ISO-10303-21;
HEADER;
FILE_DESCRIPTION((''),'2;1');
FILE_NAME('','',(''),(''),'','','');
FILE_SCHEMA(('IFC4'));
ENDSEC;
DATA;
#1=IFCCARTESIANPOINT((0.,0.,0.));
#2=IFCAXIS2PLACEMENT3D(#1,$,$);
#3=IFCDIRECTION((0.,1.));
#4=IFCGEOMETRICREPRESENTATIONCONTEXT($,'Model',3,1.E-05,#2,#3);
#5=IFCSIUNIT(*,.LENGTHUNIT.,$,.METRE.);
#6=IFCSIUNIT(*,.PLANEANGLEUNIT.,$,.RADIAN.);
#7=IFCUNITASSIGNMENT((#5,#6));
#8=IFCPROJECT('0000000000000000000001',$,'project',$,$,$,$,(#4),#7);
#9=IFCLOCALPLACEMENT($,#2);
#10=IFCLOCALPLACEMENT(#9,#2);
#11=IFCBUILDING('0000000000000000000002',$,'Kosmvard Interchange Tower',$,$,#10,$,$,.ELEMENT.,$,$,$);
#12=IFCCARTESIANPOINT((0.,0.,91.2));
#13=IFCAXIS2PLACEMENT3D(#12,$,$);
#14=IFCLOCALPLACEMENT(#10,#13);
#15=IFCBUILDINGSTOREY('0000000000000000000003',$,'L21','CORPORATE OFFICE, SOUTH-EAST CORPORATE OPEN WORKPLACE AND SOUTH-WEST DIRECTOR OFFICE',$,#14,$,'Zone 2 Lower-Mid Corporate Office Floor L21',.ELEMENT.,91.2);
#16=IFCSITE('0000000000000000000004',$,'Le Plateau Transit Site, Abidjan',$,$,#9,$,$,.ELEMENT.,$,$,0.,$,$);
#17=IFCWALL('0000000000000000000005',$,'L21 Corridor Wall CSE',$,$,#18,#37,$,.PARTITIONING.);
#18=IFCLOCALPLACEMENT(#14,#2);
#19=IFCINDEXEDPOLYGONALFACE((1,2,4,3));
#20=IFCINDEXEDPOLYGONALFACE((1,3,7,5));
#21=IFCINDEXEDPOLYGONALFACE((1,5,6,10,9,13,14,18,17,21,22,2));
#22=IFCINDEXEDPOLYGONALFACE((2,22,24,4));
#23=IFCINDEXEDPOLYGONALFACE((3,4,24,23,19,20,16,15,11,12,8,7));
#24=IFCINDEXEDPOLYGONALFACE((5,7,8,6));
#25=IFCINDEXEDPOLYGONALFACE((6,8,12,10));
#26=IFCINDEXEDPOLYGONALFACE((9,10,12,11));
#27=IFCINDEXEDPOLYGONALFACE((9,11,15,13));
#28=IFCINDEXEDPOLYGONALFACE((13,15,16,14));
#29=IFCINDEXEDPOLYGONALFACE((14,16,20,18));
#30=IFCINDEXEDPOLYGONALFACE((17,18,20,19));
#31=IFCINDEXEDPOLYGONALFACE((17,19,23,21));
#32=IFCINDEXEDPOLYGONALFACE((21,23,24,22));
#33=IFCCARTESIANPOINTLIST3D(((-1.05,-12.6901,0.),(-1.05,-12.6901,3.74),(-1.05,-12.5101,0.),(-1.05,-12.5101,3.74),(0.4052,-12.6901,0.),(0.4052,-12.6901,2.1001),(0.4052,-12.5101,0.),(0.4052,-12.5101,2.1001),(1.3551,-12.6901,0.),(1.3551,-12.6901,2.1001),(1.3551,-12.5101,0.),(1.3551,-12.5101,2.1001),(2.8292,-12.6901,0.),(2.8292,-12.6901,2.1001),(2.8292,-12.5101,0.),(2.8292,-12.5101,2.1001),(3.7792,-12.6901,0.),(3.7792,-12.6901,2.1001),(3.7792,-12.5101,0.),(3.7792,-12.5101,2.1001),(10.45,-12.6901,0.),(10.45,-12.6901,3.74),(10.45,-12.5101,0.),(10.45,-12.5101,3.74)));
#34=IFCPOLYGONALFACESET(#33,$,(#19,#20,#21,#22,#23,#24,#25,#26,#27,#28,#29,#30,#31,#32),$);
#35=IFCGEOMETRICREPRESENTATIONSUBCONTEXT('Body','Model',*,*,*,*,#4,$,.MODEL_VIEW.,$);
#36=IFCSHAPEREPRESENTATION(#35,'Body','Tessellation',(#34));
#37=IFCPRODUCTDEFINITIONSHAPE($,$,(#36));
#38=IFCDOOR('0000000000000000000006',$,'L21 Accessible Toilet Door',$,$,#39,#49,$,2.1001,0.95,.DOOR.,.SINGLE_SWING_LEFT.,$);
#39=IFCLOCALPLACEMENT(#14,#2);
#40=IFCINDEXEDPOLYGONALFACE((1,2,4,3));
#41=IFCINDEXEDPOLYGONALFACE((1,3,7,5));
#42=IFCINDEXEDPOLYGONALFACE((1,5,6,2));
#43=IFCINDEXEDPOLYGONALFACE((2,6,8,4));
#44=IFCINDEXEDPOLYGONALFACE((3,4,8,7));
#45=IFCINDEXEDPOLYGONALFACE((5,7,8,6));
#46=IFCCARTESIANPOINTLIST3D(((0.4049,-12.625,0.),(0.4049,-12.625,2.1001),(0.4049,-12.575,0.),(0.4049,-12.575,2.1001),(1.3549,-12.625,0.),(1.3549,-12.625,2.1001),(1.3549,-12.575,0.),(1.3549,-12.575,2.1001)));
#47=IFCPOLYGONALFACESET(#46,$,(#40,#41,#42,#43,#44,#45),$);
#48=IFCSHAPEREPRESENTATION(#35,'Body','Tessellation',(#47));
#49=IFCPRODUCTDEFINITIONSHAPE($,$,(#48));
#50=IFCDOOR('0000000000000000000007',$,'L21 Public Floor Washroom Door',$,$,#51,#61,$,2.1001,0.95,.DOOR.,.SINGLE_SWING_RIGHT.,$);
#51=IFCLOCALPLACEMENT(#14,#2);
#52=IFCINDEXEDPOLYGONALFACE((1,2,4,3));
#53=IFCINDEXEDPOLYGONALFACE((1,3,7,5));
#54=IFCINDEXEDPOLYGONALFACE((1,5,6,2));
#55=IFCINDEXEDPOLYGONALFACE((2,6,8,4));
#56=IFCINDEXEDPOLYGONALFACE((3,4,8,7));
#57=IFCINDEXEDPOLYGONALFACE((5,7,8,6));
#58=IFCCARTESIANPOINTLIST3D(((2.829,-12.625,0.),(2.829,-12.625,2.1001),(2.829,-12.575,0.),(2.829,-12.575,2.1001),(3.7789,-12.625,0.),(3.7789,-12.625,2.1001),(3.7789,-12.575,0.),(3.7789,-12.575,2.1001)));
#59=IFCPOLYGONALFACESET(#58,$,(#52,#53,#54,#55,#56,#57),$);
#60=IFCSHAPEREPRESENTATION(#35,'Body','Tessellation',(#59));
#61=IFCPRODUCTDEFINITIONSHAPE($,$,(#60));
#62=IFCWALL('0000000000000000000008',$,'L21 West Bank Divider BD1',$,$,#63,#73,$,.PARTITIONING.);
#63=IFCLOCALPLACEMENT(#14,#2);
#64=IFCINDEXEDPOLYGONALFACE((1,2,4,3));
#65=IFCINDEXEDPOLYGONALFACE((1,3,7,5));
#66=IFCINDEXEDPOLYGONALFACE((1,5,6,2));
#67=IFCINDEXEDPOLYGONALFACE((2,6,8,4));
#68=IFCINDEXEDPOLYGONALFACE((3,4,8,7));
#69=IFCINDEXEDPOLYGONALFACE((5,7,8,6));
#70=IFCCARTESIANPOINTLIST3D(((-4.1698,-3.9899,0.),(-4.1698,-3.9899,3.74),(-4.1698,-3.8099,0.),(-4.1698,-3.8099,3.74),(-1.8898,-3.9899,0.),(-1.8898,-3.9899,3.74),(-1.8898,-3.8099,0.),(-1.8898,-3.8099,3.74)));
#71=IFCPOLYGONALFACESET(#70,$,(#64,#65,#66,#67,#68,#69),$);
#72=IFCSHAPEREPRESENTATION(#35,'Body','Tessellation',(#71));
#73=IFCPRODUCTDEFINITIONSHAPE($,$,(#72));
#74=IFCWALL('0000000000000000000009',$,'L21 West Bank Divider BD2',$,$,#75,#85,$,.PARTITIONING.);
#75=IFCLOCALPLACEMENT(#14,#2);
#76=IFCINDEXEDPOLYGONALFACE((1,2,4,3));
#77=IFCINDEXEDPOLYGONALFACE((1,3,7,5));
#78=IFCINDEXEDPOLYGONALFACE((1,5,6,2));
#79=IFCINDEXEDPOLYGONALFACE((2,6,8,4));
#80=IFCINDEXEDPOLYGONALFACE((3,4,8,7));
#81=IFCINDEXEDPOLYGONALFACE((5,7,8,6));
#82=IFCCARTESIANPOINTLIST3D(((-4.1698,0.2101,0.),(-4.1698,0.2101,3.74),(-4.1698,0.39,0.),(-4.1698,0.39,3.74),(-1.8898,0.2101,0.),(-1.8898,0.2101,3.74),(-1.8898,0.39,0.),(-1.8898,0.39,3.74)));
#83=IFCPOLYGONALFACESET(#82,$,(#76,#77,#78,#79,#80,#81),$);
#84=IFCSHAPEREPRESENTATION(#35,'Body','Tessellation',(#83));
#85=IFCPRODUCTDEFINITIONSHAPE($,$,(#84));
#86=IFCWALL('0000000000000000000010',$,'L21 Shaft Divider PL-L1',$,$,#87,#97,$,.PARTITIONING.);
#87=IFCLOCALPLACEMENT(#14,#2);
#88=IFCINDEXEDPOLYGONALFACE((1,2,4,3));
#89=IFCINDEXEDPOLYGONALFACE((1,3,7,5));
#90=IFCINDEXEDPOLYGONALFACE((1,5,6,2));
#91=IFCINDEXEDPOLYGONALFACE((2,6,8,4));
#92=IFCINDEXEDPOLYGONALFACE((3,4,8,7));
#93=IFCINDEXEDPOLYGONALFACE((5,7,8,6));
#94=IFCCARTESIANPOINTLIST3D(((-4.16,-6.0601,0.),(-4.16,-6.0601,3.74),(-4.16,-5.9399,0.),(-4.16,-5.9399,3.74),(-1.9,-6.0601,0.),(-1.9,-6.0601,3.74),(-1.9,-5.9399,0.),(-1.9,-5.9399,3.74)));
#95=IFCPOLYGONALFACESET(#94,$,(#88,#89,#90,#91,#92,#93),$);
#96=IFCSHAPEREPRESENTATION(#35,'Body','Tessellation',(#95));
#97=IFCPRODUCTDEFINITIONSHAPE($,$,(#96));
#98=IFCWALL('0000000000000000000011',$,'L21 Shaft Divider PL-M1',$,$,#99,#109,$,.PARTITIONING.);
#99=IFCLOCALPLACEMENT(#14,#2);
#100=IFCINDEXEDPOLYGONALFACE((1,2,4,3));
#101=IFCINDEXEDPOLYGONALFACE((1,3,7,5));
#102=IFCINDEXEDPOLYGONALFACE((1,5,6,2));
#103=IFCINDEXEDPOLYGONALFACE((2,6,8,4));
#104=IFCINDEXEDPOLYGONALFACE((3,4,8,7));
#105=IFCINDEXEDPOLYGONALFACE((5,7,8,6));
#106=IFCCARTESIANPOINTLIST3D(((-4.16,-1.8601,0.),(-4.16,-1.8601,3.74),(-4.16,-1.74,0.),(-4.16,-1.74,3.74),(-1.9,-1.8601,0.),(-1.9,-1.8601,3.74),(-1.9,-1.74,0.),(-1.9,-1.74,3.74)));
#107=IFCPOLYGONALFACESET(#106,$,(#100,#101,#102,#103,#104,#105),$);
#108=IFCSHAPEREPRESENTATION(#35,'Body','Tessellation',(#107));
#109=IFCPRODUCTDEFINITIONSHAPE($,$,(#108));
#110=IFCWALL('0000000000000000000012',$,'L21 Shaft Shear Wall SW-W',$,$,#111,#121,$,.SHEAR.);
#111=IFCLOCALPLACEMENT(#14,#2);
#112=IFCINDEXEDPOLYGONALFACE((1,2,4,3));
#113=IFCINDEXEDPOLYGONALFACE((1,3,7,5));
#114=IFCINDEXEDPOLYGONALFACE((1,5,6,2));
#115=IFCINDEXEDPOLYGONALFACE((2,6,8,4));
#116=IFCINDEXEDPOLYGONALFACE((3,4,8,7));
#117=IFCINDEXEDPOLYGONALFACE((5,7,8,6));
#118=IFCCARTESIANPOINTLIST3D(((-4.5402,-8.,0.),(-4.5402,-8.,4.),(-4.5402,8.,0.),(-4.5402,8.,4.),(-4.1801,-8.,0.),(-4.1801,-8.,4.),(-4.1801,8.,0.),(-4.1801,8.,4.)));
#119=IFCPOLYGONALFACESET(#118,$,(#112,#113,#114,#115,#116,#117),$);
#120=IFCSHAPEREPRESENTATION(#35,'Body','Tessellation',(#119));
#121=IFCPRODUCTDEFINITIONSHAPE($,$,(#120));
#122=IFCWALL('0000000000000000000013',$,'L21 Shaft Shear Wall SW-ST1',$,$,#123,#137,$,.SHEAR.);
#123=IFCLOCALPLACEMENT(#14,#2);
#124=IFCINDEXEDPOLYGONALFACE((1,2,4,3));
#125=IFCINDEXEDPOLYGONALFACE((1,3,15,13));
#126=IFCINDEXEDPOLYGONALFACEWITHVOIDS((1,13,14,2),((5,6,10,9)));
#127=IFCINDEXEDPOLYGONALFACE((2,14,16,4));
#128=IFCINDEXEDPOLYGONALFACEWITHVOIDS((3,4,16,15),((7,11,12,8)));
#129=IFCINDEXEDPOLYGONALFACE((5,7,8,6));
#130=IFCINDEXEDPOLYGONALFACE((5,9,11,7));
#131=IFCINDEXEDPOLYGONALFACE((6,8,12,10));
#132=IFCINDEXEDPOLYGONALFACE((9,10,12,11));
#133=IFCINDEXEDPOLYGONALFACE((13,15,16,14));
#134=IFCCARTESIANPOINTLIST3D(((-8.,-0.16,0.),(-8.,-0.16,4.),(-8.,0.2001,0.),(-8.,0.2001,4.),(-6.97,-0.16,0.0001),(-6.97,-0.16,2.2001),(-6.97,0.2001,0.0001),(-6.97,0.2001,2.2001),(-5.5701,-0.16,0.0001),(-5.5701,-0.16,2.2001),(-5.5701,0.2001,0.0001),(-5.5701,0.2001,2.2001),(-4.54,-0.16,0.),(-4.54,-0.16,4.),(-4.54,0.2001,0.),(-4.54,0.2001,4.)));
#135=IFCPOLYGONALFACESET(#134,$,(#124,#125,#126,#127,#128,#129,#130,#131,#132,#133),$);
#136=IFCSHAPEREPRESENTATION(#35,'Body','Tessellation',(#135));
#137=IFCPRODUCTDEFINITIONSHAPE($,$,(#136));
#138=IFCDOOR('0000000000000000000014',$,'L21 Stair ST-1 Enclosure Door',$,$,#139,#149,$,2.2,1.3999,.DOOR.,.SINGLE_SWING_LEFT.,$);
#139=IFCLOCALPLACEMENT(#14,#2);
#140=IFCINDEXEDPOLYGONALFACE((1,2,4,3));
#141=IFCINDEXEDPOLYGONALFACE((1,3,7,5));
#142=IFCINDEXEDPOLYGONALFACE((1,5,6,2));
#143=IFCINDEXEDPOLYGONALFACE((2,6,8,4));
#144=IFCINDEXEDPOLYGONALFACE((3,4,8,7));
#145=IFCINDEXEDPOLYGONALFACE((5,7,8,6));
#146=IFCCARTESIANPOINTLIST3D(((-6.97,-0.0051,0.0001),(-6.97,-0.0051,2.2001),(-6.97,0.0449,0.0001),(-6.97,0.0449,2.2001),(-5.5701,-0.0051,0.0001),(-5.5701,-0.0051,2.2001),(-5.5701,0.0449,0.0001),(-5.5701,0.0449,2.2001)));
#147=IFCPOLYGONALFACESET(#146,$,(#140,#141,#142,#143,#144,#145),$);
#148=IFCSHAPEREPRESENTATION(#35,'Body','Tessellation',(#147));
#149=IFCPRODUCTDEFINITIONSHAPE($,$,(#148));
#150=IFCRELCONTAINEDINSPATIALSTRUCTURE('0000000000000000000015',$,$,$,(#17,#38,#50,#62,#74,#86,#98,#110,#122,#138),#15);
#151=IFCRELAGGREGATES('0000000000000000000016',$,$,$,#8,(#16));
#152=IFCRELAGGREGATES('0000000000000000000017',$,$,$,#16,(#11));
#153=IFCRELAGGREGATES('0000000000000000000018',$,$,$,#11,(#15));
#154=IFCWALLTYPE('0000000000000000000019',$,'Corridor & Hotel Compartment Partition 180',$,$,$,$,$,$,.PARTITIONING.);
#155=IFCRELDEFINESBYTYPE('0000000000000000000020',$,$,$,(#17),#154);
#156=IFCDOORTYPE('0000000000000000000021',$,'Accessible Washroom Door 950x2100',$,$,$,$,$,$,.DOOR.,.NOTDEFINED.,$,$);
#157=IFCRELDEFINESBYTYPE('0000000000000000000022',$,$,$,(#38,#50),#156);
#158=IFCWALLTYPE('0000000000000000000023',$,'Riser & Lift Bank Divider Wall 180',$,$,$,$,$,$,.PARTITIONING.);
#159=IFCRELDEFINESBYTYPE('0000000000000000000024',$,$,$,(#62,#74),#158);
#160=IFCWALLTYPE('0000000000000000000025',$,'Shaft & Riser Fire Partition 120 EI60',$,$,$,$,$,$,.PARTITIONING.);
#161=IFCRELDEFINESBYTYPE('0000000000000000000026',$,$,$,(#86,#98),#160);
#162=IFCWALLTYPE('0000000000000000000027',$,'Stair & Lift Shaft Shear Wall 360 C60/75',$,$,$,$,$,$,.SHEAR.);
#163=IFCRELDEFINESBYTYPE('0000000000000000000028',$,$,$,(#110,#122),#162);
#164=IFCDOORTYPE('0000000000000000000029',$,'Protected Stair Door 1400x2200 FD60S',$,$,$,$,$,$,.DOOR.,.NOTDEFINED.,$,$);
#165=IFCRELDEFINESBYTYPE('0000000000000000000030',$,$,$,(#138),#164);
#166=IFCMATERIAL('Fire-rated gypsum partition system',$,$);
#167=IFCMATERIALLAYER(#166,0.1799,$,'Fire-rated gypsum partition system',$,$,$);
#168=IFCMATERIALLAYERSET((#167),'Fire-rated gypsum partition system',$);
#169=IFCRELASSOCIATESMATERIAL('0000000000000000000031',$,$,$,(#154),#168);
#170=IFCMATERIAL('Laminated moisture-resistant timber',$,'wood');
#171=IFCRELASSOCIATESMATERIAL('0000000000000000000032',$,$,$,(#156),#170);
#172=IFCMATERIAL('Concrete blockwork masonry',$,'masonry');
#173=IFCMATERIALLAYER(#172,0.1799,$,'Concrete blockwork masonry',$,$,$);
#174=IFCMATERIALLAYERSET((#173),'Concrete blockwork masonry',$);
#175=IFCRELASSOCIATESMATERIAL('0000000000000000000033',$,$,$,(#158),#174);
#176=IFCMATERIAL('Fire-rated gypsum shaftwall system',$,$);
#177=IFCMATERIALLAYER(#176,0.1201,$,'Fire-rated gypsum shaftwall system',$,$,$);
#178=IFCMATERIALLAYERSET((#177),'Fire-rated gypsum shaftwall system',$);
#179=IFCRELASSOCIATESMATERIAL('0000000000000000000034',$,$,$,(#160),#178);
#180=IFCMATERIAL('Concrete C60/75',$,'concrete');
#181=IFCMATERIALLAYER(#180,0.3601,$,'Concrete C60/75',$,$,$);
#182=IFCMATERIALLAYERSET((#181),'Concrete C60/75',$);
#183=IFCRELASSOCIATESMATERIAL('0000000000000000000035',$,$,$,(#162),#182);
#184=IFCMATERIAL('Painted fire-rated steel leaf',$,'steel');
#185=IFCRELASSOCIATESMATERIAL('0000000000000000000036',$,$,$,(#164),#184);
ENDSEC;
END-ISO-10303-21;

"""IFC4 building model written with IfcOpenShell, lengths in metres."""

from ifc_helpers import new_model, si_unit, direction, frame, frame_2d, origin, place, context, subcontext, project, spatial, rectangle, extrude, source, transform, mapped, material, layer, layer_set, type_object, element, fill, save


model = new_model("IFC4")

# Units and contexts
model_context = context("Model", 3, precision=1e-05, world=origin(), true_north=direction((0.0, 1.0)))
body_context = subcontext(model_context, "Body", "Model", "MODEL_VIEW")
ifc_project = project(units=[si_unit("LENGTHUNIT", "METRE"), si_unit("PLANEANGLEUNIT", "RADIAN")], contexts=[model_context])

# Site, building, storey
site_placement = place(None, origin())
site = spatial("IfcSite", under=ifc_project, at=site_placement, Name="Le Plateau Transit Site, Abidjan", CompositionType="ELEMENT", RefElevation=0.0)
building_placement = place(site_placement, origin())
building = spatial("IfcBuilding", under=site, at=building_placement, Name="Kosmvard Interchange Tower", CompositionType="ELEMENT")
storey_placement = place(building_placement, frame((0.0, 0.0, 91.2)))
storey = spatial("IfcBuildingStorey", under=building, at=storey_placement, Name="L21", Description="CORPORATE OFFICE, SOUTH-EAST CORPORATE OPEN WORKPLACE AND SOUTH-WEST DIRECTOR OFFICE", LongName="Zone 2 Lower-Mid Corporate Office Floor L21", CompositionType="ELEMENT", Elevation=91.2)

# Wall, openings, doors
ifc_material_1 = material(Name="Fire-rated gypsum partition system")
ifc_layer_1 = layer(ifc_material_1, 0.1799, Name="Fire-rated gypsum partition system")
ifc_layer_set_1 = layer_set([ifc_layer_1], Name="Fire-rated gypsum partition system")
wall_type_1 = type_object("IfcWallType", Name="Corridor & Hotel Compartment Partition 180", PredefinedType="PARTITIONING", material=ifc_layer_set_1)
wall_1_placement = place(storey_placement, frame((-1.05, -12.6001, 0.0), z_axis=(0.0, 0.0, 1.0), x_axis=(1.0, 0.0, 0.0)))
wall_1 = element("IfcWall", 1, at=wall_1_placement, inside=storey, type_object=wall_type_1, Name="L21 Corridor Wall CSE", PredefinedType="PARTITIONING", context=body_context, shape_type="SweptSolid", body=[
    extrude(rectangle(XDim=11.5, YDim=0.1799, at=frame_2d((5.75, 0.0))), origin(), (0.0, 0.0, 1.0), 3.74),
])
opening_1_placement = place(wall_1_placement, frame((1.4551, 0.0, 0.0)))
opening_1 = element("IfcOpeningElement", 2, at=opening_1_placement, cuts=wall_1, PredefinedType="OPENING", context=body_context, shape_type="SweptSolid", body=[
    extrude(rectangle(XDim=0.95, YDim=2.1001, at=frame_2d((0.4751, 1.05))), frame((0.0, 0.1001, 0.0), z_axis=(0.0, -1.0, 0.0), x_axis=(1.0, 0.0, 0.0)), (0.0, 0.0, 1.0), 0.2),
])
opening_2_placement = place(wall_1_placement, frame((3.8792, 0.0, 0.0)))
opening_2 = element("IfcOpeningElement", 3, at=opening_2_placement, cuts=wall_1, PredefinedType="OPENING", context=body_context, shape_type="SweptSolid", body=[
    extrude(rectangle(XDim=0.95, YDim=2.1001, at=frame_2d((0.4751, 1.05))), frame((0.0, 0.1001, 0.0), z_axis=(0.0, -1.0, 0.0), x_axis=(1.0, 0.0, 0.0)), (0.0, 0.0, 1.0), 0.2),
])
ifc_material_2 = material(Name="Laminated moisture-resistant timber", Category="wood")
door_type_1 = type_object("IfcDoorType", Name="Accessible Washroom Door 950x2100", OperationType="NOTDEFINED", PredefinedType="DOOR", material=ifc_material_2)
shared_shape_1 = source(origin(), body_context, "Body", "SweptSolid", [
    extrude(rectangle(XDim=0.95, YDim=2.1001, at=frame_2d((0.4751, 1.05))), frame((0.0, 0.0249, 0.0), z_axis=(0.0, -1.0, 0.0), x_axis=(1.0, 0.0, 0.0)), (0.0, 0.0, 1.0), 0.05),
])
door_1_placement = place(opening_1_placement, frame((0.95, 0.0, 0.0), z_axis=(0.0, 0.0, 1.0), x_axis=(-1.0, 0.0, 0.0)))
door_1 = element("IfcDoor", 4, at=door_1_placement, inside=storey, type_object=door_type_1, Name="L21 Accessible Toilet Door", OperationType="SINGLE_SWING_LEFT", OverallHeight=2.1001, OverallWidth=0.95, PredefinedType="DOOR", context=body_context, shape_type="MappedRepresentation", body=[
    mapped(shared_shape_1, transform((0.0, 0.0, 0.0), scale=1.0)),
])
fill(opening_1, door_1)
door_2_placement = place(opening_2_placement, frame((0.95, 0.0, 0.0), z_axis=(0.0, 0.0, 1.0), x_axis=(-1.0, 0.0, 0.0)))
door_2 = element("IfcDoor", 5, at=door_2_placement, inside=storey, type_object=door_type_1, Name="L21 Public Floor Washroom Door", OperationType="SINGLE_SWING_RIGHT", OverallHeight=2.1001, OverallWidth=0.95, PredefinedType="DOOR", context=body_context, shape_type="MappedRepresentation", body=[
    mapped(shared_shape_1, transform((0.0, 0.0, 0.0), scale=1.0)),
])
fill(opening_2, door_2)

# Walls
ifc_material_3 = material(Name="Concrete blockwork masonry", Category="masonry")
ifc_layer_2 = layer(ifc_material_3, 0.1799, Name="Concrete blockwork masonry")
ifc_layer_set_2 = layer_set([ifc_layer_2], Name="Concrete blockwork masonry")
wall_type_2 = type_object("IfcWallType", Name="Riser & Lift Bank Divider Wall 180", PredefinedType="PARTITIONING", material=ifc_layer_set_2)
for number, where, z_axis, x_axis, name in (
    (6, (-4.1699, -3.8999, 0.0), (0.0, 0.0, 1.0), (1.0, 0.0, 0.0), "L21 West Bank Divider BD1"),
    (7, (-4.1699, 0.3, 0.0), (0.0, 0.0, 1.0), (1.0, 0.0, 0.0), "L21 West Bank Divider BD2"),
):
    element("IfcWall", number, at=place(storey_placement, frame(where, z_axis=z_axis, x_axis=x_axis)), inside=storey, type_object=wall_type_2, Name=name, PredefinedType="PARTITIONING", context=body_context, shape_type="SweptSolid", body=[
        extrude(rectangle(XDim=2.28, YDim=0.1799, at=frame_2d((1.1401, 0.0))), origin(), (0.0, 0.0, 1.0), 3.74),
    ])
ifc_material_4 = material(Name="Fire-rated gypsum shaftwall system")
ifc_layer_3 = layer(ifc_material_4, 0.1201, Name="Fire-rated gypsum shaftwall system")
ifc_layer_set_3 = layer_set([ifc_layer_3], Name="Fire-rated gypsum shaftwall system")
wall_type_3 = type_object("IfcWallType", Name="Shaft & Riser Fire Partition 120 EI60", PredefinedType="PARTITIONING", material=ifc_layer_set_3)
for number, where, z_axis, x_axis, name in (
    (8, (-4.1599, -6.0, 0.0), (0.0, 0.0, 1.0), (1.0, 0.0, 0.0), "L21 Shaft Divider PL-L1"),
    (9, (-4.1599, -1.8, 0.0), (0.0, 0.0, 1.0), (1.0, 0.0, 0.0), "L21 Shaft Divider PL-M1"),
):
    element("IfcWall", number, at=place(storey_placement, frame(where, z_axis=z_axis, x_axis=x_axis)), inside=storey, type_object=wall_type_3, Name=name, PredefinedType="PARTITIONING", context=body_context, shape_type="SweptSolid", body=[
        extrude(rectangle(XDim=2.26, YDim=0.1201, at=frame_2d((1.1299, 0.0))), origin(), (0.0, 0.0, 1.0), 3.74),
    ])
ifc_material_5 = material(Name="Concrete C60/75", Category="concrete")
ifc_layer_4 = layer(ifc_material_5, 0.3601, Name="Concrete C60/75")
ifc_layer_set_4 = layer_set([ifc_layer_4], Name="Concrete C60/75")
wall_type_4 = type_object("IfcWallType", Name="Stair & Lift Shaft Shear Wall 360 C60/75", PredefinedType="SHEAR", material=ifc_layer_set_4)
wall_2_placement = place(storey_placement, frame((-4.3601, -8.0, 0.0), z_axis=(0.0, 0.0, 1.0), x_axis=(0.0, 1.0, 0.0)))
element("IfcWall", 10, at=wall_2_placement, inside=storey, type_object=wall_type_4, Name="L21 Shaft Shear Wall SW-W", PredefinedType="SHEAR", context=body_context, shape_type="SweptSolid", body=[
    extrude(rectangle(XDim=16.0, YDim=0.3601, at=frame_2d((8.0, 0.0))), origin(), (0.0, 0.0, 1.0), 4.0),
])

# Wall, opening, door
wall_3_placement = place(storey_placement, frame((-8.0, 0.02, 0.0), z_axis=(0.0, 0.0, 1.0), x_axis=(1.0, 0.0, 0.0)))
wall_3 = element("IfcWall", 11, at=wall_3_placement, inside=storey, type_object=wall_type_4, Name="L21 Shaft Shear Wall SW-ST1", PredefinedType="SHEAR", context=body_context, shape_type="SweptSolid", body=[
    extrude(rectangle(XDim=3.46, YDim=0.3601, at=frame_2d((1.73, 0.0))), origin(), (0.0, 0.0, 1.0), 4.0),
])
opening_3_placement = place(wall_3_placement, frame((1.03, 0.0, 0.0)))
opening_3 = element("IfcOpeningElement", 12, at=opening_3_placement, cuts=wall_3, PredefinedType="OPENING", context=body_context, shape_type="SweptSolid", body=[
    extrude(rectangle(XDim=1.3999, YDim=2.2, at=frame_2d((0.7, 1.1001))), frame((0.0, 0.1899, 0.0), z_axis=(0.0, -1.0, 0.0), x_axis=(1.0, 0.0, 0.0)), (0.0, 0.0, 1.0), 0.3801),
])
ifc_material_6 = material(Name="Painted fire-rated steel leaf", Category="steel")
door_type_2 = type_object("IfcDoorType", Name="Protected Stair Door 1400x2200 FD60S", OperationType="NOTDEFINED", PredefinedType="DOOR", material=ifc_material_6)
shared_shape_2 = source(origin(), body_context, "Body", "SweptSolid", [
    extrude(rectangle(XDim=1.3999, YDim=2.2, at=frame_2d((0.7, 1.1001))), frame((0.0, 0.0249, 0.0), z_axis=(0.0, -1.0, 0.0), x_axis=(1.0, 0.0, 0.0)), (0.0, 0.0, 1.0), 0.05),
])
door_3_placement = place(opening_3_placement, origin())
door_3 = element("IfcDoor", 13, at=door_3_placement, inside=storey, type_object=door_type_2, Name="L21 Stair ST-1 Enclosure Door", OperationType="SINGLE_SWING_LEFT", OverallHeight=2.2, OverallWidth=1.3999, PredefinedType="DOOR", context=body_context, shape_type="MappedRepresentation", body=[
    mapped(shared_shape_2, transform((0.0, 0.0, 0.0), scale=1.0)),
])
fill(opening_3, door_3)

save(model, "model.ifc")
